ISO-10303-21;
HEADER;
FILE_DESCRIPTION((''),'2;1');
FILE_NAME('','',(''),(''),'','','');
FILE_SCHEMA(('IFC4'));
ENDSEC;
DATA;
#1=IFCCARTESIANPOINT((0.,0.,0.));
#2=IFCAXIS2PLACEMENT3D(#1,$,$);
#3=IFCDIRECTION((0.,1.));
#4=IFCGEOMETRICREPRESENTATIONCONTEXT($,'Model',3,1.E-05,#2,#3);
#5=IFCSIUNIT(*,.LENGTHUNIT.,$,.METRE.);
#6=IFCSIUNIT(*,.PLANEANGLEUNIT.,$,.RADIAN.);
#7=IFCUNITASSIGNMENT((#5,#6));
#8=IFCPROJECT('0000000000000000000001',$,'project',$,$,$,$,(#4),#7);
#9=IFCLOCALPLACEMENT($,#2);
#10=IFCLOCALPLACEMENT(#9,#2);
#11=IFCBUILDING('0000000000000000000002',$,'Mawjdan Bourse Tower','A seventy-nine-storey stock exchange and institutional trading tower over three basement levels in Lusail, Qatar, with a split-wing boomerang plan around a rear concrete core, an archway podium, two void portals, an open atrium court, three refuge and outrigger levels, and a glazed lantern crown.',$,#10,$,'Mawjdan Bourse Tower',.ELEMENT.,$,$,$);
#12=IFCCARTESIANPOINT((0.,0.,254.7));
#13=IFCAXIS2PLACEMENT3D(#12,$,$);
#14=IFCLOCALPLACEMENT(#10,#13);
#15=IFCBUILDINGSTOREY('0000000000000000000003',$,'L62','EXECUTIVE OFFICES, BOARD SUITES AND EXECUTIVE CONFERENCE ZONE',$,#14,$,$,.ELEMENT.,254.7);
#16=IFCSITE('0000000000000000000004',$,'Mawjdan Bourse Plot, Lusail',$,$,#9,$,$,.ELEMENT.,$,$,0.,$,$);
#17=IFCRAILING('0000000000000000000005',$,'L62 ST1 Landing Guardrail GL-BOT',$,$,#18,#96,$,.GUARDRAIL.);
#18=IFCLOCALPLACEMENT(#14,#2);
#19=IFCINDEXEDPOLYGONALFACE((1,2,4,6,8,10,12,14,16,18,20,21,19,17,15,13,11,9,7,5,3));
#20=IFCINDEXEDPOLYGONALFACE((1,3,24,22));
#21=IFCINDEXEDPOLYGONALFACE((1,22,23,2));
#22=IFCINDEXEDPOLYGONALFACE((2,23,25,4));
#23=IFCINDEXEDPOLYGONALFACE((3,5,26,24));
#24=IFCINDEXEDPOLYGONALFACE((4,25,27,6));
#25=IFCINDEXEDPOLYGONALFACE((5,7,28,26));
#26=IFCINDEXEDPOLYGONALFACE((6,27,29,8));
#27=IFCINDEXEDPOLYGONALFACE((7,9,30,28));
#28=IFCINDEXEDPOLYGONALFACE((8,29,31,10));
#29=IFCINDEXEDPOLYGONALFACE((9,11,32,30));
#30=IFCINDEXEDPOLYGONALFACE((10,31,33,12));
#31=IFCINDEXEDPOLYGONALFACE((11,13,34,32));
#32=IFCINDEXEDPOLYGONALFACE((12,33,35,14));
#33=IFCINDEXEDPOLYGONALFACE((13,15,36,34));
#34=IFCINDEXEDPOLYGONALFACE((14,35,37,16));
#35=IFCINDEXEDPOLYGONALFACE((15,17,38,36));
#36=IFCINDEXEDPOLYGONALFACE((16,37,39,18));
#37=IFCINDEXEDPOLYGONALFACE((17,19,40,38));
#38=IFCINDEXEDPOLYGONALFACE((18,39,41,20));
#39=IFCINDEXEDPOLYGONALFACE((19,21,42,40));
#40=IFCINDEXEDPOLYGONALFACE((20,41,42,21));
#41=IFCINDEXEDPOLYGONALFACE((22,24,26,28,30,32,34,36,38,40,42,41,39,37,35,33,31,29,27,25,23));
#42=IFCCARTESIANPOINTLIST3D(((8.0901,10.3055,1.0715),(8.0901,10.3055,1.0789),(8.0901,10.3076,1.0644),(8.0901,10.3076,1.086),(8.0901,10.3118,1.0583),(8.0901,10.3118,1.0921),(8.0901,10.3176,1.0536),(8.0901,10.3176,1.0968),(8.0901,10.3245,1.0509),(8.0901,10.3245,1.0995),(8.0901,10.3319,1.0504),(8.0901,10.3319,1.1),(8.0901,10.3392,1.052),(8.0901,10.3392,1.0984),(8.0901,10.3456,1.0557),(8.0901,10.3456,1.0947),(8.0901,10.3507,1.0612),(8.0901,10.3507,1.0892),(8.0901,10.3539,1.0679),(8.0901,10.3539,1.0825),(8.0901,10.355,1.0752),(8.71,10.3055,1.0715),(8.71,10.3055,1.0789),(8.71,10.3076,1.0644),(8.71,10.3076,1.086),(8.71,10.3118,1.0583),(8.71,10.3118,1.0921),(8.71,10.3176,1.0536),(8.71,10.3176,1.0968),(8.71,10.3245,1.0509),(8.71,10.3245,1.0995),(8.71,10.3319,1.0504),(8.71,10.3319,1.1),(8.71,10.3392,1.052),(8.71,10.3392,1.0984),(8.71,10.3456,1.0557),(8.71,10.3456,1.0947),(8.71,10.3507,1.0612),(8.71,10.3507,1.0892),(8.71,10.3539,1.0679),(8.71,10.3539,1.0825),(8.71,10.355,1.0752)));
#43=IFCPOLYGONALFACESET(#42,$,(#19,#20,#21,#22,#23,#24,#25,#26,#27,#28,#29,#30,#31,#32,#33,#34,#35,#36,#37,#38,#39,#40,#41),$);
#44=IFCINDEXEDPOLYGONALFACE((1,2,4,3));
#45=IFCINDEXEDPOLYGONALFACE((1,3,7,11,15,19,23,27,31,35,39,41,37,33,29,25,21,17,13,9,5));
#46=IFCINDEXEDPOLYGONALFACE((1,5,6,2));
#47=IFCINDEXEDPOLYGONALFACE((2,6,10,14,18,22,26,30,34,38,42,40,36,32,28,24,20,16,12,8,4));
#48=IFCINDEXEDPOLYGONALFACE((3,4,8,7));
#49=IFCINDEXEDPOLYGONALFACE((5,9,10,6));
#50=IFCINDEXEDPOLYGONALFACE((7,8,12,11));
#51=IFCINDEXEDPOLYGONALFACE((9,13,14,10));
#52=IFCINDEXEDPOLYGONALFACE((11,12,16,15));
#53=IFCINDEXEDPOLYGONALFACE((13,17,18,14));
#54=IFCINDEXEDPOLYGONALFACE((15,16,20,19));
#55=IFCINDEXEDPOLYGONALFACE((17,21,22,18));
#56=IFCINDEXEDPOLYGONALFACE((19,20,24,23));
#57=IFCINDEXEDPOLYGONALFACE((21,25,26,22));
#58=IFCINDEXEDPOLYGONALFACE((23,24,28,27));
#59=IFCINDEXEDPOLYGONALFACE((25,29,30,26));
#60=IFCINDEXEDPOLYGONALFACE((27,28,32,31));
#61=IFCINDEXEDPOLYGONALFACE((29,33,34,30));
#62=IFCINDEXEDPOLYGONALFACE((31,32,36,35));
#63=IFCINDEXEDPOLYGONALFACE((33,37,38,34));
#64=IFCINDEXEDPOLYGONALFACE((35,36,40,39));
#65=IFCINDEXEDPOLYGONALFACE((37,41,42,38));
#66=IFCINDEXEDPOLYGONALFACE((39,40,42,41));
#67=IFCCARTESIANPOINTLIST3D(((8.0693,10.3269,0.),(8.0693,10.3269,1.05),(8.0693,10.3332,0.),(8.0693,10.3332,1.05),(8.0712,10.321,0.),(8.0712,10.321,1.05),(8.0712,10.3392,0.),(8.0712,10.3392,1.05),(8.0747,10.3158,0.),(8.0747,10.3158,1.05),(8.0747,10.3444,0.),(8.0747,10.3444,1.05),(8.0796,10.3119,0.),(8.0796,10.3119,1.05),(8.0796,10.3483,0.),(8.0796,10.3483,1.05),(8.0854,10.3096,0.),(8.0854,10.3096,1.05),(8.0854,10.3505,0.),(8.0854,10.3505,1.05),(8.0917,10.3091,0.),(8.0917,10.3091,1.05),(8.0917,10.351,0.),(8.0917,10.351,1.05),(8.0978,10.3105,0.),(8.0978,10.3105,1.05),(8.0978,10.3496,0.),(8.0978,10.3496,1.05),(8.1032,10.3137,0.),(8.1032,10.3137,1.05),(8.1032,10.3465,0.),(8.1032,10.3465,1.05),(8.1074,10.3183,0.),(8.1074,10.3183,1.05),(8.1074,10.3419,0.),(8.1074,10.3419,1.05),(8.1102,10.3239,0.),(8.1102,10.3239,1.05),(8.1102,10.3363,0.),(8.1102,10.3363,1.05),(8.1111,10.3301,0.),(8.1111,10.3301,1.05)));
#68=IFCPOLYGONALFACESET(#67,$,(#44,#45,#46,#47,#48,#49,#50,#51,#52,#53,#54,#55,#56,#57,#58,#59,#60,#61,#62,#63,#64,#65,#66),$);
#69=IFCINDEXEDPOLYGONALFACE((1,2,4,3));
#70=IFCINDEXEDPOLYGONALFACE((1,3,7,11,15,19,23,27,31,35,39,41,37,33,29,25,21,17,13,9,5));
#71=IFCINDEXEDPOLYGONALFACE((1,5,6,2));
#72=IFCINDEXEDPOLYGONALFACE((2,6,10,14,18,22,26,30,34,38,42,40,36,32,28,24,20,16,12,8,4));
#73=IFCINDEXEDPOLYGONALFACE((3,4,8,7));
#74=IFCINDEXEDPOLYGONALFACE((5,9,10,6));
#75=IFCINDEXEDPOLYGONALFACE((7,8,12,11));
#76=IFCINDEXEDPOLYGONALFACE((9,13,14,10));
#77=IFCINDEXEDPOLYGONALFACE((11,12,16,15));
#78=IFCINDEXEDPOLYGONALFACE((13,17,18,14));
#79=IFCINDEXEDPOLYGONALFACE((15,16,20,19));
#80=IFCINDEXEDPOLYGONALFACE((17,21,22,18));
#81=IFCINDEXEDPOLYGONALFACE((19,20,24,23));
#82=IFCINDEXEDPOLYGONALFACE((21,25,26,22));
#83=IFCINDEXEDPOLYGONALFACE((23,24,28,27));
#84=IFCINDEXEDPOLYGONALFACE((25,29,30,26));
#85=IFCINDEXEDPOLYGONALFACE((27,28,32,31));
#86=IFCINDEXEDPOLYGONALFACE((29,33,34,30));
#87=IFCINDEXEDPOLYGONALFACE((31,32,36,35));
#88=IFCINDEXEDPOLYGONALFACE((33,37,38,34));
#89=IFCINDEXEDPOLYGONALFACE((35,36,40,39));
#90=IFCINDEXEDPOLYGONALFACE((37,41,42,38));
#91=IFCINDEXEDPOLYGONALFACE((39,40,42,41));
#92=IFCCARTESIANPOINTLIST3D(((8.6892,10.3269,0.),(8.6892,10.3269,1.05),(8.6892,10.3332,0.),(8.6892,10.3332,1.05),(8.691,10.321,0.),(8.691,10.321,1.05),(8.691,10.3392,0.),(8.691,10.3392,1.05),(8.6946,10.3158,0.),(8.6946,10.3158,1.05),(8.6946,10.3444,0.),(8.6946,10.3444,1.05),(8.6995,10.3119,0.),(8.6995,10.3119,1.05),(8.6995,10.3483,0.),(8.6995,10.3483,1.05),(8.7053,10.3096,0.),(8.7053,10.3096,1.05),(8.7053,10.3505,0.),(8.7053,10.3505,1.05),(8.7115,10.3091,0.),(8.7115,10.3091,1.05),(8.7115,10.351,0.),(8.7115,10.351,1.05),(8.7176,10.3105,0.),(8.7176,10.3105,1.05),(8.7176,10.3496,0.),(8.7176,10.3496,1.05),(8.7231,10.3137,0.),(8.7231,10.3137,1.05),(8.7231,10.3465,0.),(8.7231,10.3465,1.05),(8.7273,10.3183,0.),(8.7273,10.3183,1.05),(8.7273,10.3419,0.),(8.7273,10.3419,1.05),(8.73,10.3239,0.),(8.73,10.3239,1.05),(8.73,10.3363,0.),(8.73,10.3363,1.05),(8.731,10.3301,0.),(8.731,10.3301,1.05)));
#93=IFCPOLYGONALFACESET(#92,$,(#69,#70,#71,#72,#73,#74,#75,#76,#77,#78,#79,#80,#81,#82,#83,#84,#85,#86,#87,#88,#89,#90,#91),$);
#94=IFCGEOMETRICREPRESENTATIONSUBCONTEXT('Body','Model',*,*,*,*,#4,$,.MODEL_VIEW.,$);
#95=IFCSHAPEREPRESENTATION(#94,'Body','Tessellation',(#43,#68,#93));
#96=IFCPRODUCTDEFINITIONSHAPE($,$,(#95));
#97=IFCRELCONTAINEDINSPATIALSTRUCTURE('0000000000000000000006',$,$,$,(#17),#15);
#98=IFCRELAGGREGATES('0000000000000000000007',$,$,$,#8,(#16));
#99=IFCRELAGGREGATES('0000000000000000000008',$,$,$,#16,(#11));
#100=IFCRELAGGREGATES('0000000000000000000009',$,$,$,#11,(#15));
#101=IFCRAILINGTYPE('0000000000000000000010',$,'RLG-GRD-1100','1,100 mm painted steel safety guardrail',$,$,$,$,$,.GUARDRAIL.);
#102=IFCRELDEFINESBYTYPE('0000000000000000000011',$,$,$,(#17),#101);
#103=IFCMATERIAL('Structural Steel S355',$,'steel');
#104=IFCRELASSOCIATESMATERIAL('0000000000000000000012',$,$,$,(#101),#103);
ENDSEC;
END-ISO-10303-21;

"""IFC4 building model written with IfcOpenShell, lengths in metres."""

from ifc_helpers import new_model, si_unit, direction, frame, origin, origin_2d, place, context, subcontext, project, spatial, circle, extrude, material, type_object, element, save


model = new_model("IFC4")

# Units and contexts
model_context = context("Model", 3, precision=1e-05, world=origin(), true_north=direction((0.0, 1.0)))
body_context = subcontext(model_context, "Body", "Model", "MODEL_VIEW")
ifc_project = project(units=[si_unit("LENGTHUNIT", "METRE"), si_unit("PLANEANGLEUNIT", "RADIAN")], contexts=[model_context])

# Site, building, storey
site_placement = place(None, origin())
site = spatial("IfcSite", under=ifc_project, at=site_placement, Name="Mawjdan Bourse Plot, Lusail", CompositionType="ELEMENT", RefElevation=0.0)
building_placement = place(site_placement, origin())
building = spatial("IfcBuilding", under=site, at=building_placement, Name="Mawjdan Bourse Tower", Description="A seventy-nine-storey stock exchange and institutional trading tower over three basement levels in Lusail, Qatar, with a split-wing boomerang plan around a rear concrete core, an archway podium, two void portals, an open atrium court, three refuge and outrigger levels, and a glazed lantern crown.", LongName="Mawjdan Bourse Tower", CompositionType="ELEMENT")
storey_placement = place(building_placement, frame((0.0, 0.0, 254.7)))
storey = spatial("IfcBuildingStorey", under=building, at=storey_placement, Name="L62", Description="EXECUTIVE OFFICES, BOARD SUITES AND EXECUTIVE CONFERENCE ZONE", CompositionType="ELEMENT", Elevation=254.7)

# Railing
ifc_material_1 = material(Name="Structural Steel S355", Category="steel")
railing_type = type_object("IfcRailingType", Name="RLG-GRD-1100", Description="1,100 mm painted steel safety guardrail", PredefinedType="GUARDRAIL", material=ifc_material_1)
for number, where, name in (
    (1, (8.0901, 10.3301, 0.0), "L62 ST1 Landing Guardrail GL-BOT"),
):
    element("IfcRailing", number, at=place(storey_placement, frame(where)), inside=storey, type_object=railing_type, Name=name, PredefinedType="GUARDRAIL", context=body_context, shape_type="SweptSolid", body=[
        extrude(circle(Radius=0.0249, at=origin_2d()), frame((0.0, 0.0, 1.0752), z_axis=(1.0, 0.0, 0.0), x_axis=(0.0, 1.0, 0.0)), (0.0, 0.0, 1.0), 0.6199),
        extrude(circle(Radius=0.021, at=origin_2d()), origin(), (0.0, 0.0, 1.0), 1.05),
        extrude(circle(Radius=0.021, at=origin_2d()), frame((0.6199, 0.0, 0.0)), (0.0, 0.0, 1.0), 1.05),
    ])

save(model, "model.ifc")
